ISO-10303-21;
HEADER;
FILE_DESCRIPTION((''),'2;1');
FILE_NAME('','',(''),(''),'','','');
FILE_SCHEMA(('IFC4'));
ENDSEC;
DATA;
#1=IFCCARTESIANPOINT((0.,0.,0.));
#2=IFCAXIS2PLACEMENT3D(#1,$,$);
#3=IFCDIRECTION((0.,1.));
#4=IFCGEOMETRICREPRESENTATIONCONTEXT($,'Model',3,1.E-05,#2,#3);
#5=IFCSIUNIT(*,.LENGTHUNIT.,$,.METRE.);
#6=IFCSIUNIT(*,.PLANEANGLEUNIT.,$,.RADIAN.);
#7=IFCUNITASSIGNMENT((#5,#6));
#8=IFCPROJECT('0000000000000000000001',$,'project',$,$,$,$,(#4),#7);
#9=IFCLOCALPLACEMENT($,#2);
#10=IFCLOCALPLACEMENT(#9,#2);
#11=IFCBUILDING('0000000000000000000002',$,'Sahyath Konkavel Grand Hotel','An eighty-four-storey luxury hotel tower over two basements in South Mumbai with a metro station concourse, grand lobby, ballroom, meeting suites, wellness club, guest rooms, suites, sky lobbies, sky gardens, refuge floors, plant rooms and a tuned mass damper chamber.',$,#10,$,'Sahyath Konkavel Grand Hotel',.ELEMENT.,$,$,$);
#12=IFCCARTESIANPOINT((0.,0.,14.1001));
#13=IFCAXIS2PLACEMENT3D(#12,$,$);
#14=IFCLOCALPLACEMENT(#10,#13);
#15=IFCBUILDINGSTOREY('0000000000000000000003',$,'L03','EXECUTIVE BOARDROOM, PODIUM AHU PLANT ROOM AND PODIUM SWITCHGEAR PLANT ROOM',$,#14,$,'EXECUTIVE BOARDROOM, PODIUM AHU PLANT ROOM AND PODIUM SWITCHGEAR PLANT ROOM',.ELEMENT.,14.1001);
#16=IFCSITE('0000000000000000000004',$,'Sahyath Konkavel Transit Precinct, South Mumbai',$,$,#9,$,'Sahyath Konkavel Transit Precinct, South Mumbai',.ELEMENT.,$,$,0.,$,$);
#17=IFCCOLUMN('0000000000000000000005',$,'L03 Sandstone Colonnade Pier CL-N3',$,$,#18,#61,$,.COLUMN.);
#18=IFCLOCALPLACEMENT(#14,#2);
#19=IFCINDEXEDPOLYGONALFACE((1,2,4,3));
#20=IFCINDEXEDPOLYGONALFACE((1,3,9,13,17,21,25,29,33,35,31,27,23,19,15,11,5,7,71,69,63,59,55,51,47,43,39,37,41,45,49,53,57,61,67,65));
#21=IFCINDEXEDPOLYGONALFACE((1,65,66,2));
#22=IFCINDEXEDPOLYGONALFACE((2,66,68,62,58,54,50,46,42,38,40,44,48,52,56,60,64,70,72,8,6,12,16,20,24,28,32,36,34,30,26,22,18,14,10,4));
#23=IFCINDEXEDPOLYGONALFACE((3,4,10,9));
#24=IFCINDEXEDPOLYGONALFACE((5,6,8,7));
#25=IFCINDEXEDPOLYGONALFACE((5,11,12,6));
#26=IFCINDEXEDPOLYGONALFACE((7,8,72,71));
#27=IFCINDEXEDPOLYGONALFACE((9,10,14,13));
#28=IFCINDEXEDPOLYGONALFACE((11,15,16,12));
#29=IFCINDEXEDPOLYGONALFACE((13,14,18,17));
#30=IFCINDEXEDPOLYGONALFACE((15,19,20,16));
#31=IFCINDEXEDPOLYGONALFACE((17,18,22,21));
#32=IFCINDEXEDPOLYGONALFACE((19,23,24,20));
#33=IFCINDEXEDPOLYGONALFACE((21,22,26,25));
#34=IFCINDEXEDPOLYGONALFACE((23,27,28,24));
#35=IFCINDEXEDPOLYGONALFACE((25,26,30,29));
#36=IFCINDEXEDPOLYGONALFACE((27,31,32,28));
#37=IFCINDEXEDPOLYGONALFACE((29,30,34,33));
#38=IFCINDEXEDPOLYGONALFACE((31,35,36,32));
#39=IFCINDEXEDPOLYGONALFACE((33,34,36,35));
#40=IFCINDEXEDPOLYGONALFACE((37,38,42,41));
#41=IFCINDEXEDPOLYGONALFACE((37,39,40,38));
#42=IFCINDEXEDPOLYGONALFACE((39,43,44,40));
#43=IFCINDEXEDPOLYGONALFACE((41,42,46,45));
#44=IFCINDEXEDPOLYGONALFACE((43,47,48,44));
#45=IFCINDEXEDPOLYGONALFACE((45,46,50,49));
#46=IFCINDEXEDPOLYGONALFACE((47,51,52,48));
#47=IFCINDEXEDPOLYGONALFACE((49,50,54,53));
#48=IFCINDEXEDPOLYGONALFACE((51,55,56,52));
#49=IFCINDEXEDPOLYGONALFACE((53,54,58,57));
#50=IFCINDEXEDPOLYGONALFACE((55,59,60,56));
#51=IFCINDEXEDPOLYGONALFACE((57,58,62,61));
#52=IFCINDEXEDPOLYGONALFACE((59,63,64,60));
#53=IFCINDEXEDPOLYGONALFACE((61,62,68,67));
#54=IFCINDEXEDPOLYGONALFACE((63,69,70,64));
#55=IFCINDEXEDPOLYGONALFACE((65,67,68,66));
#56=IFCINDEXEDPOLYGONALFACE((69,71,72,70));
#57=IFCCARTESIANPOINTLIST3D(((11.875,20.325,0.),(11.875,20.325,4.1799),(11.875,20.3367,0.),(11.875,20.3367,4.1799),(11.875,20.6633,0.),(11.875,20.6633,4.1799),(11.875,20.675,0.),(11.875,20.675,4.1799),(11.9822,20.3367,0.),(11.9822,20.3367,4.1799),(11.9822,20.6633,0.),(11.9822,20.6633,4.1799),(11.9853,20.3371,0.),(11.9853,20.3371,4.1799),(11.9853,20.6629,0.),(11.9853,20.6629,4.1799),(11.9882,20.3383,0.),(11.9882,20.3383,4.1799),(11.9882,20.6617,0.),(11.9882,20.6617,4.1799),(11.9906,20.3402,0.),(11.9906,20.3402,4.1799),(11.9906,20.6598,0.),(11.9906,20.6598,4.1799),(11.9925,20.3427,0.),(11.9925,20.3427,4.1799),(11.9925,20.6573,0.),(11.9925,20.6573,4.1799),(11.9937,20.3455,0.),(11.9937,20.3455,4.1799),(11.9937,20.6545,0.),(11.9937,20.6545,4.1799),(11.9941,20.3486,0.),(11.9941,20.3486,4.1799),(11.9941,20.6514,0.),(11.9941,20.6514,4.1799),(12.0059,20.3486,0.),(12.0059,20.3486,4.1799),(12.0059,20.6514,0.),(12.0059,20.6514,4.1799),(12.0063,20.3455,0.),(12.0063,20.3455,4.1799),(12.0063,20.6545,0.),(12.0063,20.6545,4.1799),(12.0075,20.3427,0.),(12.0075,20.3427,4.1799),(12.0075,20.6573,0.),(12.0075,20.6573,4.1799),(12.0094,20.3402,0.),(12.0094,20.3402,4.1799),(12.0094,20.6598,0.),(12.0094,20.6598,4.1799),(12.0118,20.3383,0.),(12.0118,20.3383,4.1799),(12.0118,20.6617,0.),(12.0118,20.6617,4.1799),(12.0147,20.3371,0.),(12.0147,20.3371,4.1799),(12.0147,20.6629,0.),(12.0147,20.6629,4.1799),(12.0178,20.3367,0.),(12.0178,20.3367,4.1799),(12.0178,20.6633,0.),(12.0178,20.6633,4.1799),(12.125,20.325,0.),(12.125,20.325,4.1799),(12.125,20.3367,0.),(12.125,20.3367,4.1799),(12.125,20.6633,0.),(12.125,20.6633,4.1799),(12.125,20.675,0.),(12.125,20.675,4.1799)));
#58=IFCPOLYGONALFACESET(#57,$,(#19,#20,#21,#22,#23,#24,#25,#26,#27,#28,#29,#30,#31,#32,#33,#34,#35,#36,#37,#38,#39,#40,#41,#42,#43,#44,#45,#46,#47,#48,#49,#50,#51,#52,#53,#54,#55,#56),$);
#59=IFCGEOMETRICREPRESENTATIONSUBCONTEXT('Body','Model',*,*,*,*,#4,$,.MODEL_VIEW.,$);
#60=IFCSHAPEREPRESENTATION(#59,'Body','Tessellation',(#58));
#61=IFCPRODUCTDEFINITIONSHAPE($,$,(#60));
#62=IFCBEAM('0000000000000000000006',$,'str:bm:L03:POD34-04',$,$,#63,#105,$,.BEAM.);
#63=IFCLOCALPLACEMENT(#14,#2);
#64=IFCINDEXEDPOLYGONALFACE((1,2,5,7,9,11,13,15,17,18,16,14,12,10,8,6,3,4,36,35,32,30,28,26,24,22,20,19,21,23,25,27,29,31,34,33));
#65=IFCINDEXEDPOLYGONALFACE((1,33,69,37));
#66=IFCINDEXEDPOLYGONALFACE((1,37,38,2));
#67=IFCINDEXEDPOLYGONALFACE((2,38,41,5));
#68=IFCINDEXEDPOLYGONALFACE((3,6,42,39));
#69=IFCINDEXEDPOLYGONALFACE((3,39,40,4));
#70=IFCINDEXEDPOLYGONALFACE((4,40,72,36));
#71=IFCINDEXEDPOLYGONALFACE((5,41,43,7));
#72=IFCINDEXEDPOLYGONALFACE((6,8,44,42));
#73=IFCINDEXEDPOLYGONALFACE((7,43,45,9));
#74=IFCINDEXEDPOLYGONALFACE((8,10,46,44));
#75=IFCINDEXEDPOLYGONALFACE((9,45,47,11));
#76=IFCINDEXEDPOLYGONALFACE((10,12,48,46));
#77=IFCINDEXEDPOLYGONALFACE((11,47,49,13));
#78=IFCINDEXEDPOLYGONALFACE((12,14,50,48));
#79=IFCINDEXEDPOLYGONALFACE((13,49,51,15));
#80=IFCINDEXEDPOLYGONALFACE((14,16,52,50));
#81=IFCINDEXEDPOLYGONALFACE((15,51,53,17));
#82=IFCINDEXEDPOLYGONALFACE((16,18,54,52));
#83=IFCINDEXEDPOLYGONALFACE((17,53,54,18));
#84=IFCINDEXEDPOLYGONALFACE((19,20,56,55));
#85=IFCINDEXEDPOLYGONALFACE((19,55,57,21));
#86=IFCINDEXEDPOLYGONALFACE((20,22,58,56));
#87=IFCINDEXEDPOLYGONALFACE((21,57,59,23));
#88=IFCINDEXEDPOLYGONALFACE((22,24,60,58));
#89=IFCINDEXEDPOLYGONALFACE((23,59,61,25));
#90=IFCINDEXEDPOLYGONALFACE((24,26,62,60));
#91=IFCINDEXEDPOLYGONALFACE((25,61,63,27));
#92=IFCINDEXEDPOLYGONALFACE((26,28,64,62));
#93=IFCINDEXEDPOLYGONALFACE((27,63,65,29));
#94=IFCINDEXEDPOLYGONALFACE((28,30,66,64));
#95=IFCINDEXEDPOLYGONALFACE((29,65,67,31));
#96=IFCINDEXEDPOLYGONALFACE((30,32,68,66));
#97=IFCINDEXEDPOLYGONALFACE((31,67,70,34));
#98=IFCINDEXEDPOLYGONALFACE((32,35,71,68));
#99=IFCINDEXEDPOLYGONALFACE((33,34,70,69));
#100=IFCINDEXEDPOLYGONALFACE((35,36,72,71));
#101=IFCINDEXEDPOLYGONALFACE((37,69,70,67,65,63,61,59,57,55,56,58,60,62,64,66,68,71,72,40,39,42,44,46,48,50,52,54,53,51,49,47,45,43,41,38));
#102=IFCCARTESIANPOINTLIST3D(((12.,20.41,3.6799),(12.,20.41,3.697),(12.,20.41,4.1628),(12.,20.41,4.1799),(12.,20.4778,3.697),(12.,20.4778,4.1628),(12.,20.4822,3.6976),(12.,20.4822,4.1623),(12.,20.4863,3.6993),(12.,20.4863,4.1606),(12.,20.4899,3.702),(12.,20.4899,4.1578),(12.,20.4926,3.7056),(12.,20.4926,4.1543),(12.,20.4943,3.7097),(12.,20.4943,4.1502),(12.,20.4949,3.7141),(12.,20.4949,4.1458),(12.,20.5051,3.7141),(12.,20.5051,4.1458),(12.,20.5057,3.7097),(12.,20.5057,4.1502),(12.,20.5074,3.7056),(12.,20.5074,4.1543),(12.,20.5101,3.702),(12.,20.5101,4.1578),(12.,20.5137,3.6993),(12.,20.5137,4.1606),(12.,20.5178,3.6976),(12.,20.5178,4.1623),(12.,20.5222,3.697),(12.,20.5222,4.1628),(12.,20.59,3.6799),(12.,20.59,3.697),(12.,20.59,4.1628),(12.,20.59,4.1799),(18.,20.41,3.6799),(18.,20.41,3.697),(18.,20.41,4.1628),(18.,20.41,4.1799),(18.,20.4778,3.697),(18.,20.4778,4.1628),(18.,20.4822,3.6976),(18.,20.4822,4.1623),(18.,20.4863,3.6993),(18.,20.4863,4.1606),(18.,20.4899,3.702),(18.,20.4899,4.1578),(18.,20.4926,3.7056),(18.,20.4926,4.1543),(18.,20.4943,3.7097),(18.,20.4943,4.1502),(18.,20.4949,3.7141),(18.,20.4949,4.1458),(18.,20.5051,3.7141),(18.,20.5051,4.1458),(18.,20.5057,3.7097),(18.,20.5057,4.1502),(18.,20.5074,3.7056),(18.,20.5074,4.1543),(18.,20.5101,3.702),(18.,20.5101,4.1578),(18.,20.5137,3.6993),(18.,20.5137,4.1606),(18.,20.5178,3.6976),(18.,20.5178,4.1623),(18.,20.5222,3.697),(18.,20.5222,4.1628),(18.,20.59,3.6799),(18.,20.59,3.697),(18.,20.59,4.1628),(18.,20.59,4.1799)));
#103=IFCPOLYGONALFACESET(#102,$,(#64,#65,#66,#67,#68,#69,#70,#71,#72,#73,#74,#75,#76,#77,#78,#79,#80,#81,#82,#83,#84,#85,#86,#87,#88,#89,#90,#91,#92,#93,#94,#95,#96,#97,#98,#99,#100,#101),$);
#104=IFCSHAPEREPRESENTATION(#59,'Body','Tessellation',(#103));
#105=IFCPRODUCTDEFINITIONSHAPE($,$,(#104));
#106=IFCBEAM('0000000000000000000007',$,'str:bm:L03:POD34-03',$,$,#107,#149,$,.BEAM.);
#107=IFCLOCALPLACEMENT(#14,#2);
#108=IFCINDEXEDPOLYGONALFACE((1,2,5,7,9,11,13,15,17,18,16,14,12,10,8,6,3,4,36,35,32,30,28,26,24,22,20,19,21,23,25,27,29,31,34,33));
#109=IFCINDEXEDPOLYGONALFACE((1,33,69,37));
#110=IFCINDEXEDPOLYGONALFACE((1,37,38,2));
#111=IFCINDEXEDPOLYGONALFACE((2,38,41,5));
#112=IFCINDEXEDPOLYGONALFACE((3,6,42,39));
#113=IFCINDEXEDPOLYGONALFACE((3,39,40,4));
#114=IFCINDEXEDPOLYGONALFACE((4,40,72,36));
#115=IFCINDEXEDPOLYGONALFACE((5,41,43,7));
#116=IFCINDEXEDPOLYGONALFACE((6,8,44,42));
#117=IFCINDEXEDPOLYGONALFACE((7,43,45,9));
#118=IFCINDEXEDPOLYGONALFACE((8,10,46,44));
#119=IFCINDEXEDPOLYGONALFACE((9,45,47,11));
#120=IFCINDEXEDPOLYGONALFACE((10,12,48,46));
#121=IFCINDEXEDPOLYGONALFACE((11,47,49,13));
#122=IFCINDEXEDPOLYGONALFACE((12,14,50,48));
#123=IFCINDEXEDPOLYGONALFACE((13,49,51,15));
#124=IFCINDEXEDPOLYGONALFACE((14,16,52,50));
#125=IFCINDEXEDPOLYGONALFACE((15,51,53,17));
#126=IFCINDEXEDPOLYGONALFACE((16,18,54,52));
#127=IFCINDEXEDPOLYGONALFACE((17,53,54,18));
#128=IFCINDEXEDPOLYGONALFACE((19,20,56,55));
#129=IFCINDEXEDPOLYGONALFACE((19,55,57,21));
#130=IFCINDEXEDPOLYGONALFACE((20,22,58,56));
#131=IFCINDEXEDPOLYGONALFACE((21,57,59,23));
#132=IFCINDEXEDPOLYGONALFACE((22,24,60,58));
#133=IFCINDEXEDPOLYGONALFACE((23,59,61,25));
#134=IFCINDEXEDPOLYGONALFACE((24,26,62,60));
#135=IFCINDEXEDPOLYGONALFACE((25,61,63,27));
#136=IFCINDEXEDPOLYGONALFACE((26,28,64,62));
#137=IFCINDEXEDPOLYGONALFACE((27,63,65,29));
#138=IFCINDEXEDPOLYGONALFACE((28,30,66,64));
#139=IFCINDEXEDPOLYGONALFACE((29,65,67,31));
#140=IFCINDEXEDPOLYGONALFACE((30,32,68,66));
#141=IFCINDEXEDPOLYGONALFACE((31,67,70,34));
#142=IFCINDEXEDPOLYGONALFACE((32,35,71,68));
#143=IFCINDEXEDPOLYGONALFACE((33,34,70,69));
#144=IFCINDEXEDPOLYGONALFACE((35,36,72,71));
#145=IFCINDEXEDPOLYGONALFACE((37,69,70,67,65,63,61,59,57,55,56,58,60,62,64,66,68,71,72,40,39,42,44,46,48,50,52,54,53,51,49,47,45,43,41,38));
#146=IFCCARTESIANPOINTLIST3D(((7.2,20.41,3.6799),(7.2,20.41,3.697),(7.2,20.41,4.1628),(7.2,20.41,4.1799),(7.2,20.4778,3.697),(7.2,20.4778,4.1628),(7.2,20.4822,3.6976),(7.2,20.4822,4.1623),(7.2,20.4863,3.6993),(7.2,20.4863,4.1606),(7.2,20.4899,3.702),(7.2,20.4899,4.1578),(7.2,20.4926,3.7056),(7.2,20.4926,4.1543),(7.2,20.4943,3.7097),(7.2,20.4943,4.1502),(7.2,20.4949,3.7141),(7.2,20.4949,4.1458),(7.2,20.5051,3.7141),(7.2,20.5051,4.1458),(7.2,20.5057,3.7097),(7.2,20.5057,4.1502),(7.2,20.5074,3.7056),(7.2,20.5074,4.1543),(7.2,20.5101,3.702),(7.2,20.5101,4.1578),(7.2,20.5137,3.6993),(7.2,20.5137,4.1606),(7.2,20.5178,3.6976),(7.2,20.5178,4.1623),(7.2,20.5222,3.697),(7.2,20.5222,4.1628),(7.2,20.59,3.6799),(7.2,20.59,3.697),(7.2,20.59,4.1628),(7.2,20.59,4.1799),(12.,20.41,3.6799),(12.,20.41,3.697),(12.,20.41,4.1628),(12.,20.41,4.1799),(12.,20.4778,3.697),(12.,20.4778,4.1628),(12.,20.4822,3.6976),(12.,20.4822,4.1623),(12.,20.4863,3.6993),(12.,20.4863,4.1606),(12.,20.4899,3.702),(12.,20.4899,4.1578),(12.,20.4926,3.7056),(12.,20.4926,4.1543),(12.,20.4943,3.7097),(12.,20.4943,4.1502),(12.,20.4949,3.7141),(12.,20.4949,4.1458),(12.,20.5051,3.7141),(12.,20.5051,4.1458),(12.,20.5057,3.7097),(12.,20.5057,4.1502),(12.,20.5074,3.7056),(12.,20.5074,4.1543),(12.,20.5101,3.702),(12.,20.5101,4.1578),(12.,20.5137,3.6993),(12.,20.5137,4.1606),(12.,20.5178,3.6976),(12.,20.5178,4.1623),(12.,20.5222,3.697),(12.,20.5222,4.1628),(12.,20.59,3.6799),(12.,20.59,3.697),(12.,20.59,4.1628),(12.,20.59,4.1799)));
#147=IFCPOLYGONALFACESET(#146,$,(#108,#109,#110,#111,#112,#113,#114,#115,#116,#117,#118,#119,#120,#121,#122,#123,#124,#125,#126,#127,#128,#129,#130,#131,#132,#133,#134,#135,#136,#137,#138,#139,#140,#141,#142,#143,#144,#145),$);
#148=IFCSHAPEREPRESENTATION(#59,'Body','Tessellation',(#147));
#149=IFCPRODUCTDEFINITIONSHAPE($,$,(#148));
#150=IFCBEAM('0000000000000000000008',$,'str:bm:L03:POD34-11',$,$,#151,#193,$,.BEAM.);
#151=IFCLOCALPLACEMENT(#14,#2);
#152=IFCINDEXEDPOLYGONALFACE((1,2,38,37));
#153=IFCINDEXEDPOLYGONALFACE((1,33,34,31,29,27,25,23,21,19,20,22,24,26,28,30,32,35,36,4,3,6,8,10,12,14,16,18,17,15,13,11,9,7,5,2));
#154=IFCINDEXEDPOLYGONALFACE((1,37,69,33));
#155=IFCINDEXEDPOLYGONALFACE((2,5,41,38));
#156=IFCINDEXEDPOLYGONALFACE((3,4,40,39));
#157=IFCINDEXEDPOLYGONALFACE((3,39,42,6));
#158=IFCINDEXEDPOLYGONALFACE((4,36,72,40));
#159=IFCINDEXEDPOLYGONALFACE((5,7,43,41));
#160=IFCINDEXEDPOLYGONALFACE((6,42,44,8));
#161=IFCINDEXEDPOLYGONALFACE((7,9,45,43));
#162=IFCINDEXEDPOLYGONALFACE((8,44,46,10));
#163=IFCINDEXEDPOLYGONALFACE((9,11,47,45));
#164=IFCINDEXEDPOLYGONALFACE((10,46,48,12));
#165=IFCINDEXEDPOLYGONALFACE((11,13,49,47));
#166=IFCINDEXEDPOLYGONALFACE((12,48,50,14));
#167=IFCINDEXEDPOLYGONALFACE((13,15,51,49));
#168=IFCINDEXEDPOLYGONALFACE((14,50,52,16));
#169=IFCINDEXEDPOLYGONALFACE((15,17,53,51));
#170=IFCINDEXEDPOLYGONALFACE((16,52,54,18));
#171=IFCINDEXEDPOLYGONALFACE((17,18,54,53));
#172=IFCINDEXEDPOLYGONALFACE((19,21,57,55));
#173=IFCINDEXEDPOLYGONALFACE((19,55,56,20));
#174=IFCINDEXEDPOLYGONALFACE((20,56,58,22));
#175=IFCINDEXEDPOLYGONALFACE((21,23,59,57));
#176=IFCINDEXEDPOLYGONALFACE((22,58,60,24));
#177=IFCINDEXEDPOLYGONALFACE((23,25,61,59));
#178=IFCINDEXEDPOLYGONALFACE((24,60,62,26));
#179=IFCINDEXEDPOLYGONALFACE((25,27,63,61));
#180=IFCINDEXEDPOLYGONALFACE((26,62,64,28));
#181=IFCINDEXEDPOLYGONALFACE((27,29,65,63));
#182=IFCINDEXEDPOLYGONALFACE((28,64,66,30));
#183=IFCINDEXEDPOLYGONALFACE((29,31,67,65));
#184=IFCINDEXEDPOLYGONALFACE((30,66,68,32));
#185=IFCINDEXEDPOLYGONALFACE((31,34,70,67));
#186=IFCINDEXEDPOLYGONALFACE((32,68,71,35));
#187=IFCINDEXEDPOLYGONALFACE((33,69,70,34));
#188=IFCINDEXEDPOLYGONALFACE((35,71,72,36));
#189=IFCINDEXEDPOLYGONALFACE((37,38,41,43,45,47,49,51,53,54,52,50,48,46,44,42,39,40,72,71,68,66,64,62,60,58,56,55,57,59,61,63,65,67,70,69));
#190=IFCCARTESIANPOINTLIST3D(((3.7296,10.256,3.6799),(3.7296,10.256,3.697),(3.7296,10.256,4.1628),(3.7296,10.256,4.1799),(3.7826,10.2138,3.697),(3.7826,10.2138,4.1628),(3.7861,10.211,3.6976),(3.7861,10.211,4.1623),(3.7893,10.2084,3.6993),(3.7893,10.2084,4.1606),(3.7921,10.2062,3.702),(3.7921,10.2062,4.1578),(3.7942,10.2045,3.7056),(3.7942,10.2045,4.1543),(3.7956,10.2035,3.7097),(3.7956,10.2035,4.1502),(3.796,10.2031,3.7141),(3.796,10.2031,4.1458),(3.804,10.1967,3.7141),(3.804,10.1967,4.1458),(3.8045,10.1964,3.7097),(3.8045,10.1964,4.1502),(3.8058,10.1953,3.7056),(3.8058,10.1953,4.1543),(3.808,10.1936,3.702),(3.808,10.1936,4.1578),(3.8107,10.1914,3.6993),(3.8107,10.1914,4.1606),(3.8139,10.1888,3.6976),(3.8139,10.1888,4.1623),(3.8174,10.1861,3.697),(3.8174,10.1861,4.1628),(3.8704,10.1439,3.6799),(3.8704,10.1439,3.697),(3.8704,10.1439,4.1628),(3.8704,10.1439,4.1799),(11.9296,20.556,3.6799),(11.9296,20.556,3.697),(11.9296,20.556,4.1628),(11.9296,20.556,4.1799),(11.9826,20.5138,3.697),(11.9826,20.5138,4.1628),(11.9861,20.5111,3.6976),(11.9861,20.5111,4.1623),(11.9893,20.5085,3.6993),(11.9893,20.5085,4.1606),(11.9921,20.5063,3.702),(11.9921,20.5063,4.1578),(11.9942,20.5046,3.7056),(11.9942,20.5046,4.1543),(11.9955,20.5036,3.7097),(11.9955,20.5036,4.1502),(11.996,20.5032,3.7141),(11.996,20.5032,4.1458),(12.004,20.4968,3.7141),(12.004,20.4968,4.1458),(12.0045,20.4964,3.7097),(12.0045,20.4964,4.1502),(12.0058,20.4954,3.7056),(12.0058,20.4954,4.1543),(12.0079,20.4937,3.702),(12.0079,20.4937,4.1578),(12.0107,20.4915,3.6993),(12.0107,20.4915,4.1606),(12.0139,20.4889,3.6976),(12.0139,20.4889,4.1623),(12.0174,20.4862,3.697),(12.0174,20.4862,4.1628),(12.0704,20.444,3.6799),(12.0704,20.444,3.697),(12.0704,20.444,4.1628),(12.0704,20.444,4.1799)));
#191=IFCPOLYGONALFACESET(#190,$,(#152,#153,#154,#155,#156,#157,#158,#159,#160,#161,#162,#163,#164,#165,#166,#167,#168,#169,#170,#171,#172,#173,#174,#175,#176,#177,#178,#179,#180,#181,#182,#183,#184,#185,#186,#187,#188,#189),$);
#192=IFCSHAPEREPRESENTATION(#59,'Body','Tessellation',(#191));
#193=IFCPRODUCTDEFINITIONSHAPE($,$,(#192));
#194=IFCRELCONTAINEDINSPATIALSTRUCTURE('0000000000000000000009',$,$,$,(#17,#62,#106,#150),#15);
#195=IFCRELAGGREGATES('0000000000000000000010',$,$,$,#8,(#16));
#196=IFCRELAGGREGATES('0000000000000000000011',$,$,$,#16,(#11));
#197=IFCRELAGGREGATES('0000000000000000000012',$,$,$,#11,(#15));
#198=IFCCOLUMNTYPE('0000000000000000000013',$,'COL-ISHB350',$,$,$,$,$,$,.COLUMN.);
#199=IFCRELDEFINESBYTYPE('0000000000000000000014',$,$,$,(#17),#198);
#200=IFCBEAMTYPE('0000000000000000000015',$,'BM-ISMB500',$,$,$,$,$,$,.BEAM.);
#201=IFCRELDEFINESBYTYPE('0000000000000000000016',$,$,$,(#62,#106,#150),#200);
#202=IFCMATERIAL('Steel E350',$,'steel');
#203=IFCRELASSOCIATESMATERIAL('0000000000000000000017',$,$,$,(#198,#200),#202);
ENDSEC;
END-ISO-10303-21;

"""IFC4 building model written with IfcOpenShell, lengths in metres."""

from ifc_helpers import new_model, si_unit, direction, frame, origin, origin_2d, place, context, subcontext, project, spatial, i_section, extrude, source, transform, mapped, material, material_profile, profile_set, type_object, element, save


model = new_model("IFC4")

# Units and contexts
model_context = context("Model", 3, precision=1e-05, world=origin(), true_north=direction((0.0, 1.0)))
body_context = subcontext(model_context, "Body", "Model", "MODEL_VIEW")
ifc_project = project(units=[si_unit("LENGTHUNIT", "METRE"), si_unit("PLANEANGLEUNIT", "RADIAN")], contexts=[model_context])

# Site, building, storey
site_placement = place(None, origin())
site = spatial("IfcSite", under=ifc_project, at=site_placement, Name="Sahyath Konkavel Transit Precinct, South Mumbai", LongName="Sahyath Konkavel Transit Precinct, South Mumbai", CompositionType="ELEMENT", RefElevation=0.0)
building_placement = place(site_placement, origin())
building = spatial("IfcBuilding", under=site, at=building_placement, Name="Sahyath Konkavel Grand Hotel", Description="An eighty-four-storey luxury hotel tower over two basements in South Mumbai with a metro station concourse, grand lobby, ballroom, meeting suites, wellness club, guest rooms, suites, sky lobbies, sky gardens, refuge floors, plant rooms and a tuned mass damper chamber.", LongName="Sahyath Konkavel Grand Hotel", CompositionType="ELEMENT")
storey_placement = place(building_placement, frame((0.0, 0.0, 14.1001)))
storey = spatial("IfcBuildingStorey", under=building, at=storey_placement, Name="L03", Description="EXECUTIVE BOARDROOM, PODIUM AHU PLANT ROOM AND PODIUM SWITCHGEAR PLANT ROOM", LongName="EXECUTIVE BOARDROOM, PODIUM AHU PLANT ROOM AND PODIUM SWITCHGEAR PLANT ROOM", CompositionType="ELEMENT", Elevation=14.1001)

# Column
ifc_material_1 = material(Name="Steel E350", Category="steel")
ifc_material_profile_1 = material_profile(ifc_material_1, i_section(OverallWidth=0.25, OverallDepth=0.3501, WebThickness=0.0117, FlangeThickness=0.0117, FilletRadius=0.012, at=origin_2d()), Name="ISHB 350")
ifc_profile_set_1 = profile_set([ifc_material_profile_1], Name="Steel E350")
column_type = type_object("IfcColumnType", Name="COL-ISHB350", PredefinedType="COLUMN", material=ifc_profile_set_1)
shared_shape_1 = source(origin(), body_context, "Body", "SweptSolid", [
    extrude(i_section(OverallWidth=0.25, OverallDepth=0.3501, WebThickness=0.0117, FlangeThickness=0.0117, FilletRadius=0.012, at=origin_2d()), origin(), (0.0, 0.0, 1.0), 4.1799),
])
column_placement = place(storey_placement, frame((12.0, 20.5, 0.0), z_axis=(0.0, 0.0, 1.0), x_axis=(1.0, 0.0, 0.0)))
element("IfcColumn", 1, at=column_placement, inside=storey, type_object=column_type, Name="L03 Sandstone Colonnade Pier CL-N3", PredefinedType="COLUMN", context=body_context, shape_type="MappedRepresentation", body=[
    mapped(shared_shape_1, transform((0.0, 0.0, 0.0), scale=1.0)),
])

# Beams
ifc_material_profile_2 = material_profile(ifc_material_1, i_section(OverallWidth=0.1799, OverallDepth=0.5, WebThickness=0.0103, FlangeThickness=0.0171, FilletRadius=0.0171, at=origin_2d()), Name="ISMB 500")
ifc_profile_set_2 = profile_set([ifc_material_profile_2], Name="Steel E350")
beam_type = type_object("IfcBeamType", Name="BM-ISMB500", PredefinedType="BEAM", material=ifc_profile_set_2)
shared_shape_2 = source(origin(), body_context, "Body", "SweptSolid", [
    extrude(i_section(OverallWidth=0.1799, OverallDepth=0.5, WebThickness=0.0103, FlangeThickness=0.0171, FilletRadius=0.0171, at=origin_2d()), origin(), (0.0, 0.0, 1.0), 6.0),
])
beam_1_placement = place(storey_placement, frame((12.0, 20.5, 3.9299), z_axis=(1.0, 0.0, 0.0), x_axis=(0.0, 1.0, 0.0)))
element("IfcBeam", 2, at=beam_1_placement, inside=storey, type_object=beam_type, Name="str:bm:L03:POD34-04", PredefinedType="BEAM", context=body_context, shape_type="MappedRepresentation", body=[
    mapped(shared_shape_2, transform((0.0, 0.0, 0.0), scale=1.0)),
])
shared_shape_3 = source(origin(), body_context, "Body", "SweptSolid", [
    extrude(i_section(OverallWidth=0.1799, OverallDepth=0.5, WebThickness=0.0103, FlangeThickness=0.0171, FilletRadius=0.0171, at=origin_2d()), origin(), (0.0, 0.0, 1.0), 4.8),
])
beam_2_placement = place(storey_placement, frame((7.2, 20.5, 3.9299), z_axis=(1.0, 0.0, 0.0), x_axis=(0.0, 1.0, 0.0)))
element("IfcBeam", 3, at=beam_2_placement, inside=storey, type_object=beam_type, Name="str:bm:L03:POD34-03", PredefinedType="BEAM", context=body_context, shape_type="MappedRepresentation", body=[
    mapped(shared_shape_3, transform((0.0, 0.0, 0.0), scale=1.0)),
])
shared_shape_4 = source(origin(), body_context, "Body", "SweptSolid", [
    extrude(i_section(OverallWidth=0.1799, OverallDepth=0.5, WebThickness=0.0103, FlangeThickness=0.0171, FilletRadius=0.0171, at=origin_2d()), origin(), (0.0, 0.0, 1.0), 13.1655),
])
beam_3_placement = place(storey_placement, frame((12.0, 20.5, 3.9299), z_axis=(-0.622837, -0.782352, 0.0), x_axis=(0.782352, -0.622837, 0.0)))
element("IfcBeam", 4, at=beam_3_placement, inside=storey, type_object=beam_type, Name="str:bm:L03:POD34-11", PredefinedType="BEAM", context=body_context, shape_type="MappedRepresentation", body=[
    mapped(shared_shape_4, transform((0.0, 0.0, 0.0), scale=1.0)),
])

save(model, "model.ifc")
